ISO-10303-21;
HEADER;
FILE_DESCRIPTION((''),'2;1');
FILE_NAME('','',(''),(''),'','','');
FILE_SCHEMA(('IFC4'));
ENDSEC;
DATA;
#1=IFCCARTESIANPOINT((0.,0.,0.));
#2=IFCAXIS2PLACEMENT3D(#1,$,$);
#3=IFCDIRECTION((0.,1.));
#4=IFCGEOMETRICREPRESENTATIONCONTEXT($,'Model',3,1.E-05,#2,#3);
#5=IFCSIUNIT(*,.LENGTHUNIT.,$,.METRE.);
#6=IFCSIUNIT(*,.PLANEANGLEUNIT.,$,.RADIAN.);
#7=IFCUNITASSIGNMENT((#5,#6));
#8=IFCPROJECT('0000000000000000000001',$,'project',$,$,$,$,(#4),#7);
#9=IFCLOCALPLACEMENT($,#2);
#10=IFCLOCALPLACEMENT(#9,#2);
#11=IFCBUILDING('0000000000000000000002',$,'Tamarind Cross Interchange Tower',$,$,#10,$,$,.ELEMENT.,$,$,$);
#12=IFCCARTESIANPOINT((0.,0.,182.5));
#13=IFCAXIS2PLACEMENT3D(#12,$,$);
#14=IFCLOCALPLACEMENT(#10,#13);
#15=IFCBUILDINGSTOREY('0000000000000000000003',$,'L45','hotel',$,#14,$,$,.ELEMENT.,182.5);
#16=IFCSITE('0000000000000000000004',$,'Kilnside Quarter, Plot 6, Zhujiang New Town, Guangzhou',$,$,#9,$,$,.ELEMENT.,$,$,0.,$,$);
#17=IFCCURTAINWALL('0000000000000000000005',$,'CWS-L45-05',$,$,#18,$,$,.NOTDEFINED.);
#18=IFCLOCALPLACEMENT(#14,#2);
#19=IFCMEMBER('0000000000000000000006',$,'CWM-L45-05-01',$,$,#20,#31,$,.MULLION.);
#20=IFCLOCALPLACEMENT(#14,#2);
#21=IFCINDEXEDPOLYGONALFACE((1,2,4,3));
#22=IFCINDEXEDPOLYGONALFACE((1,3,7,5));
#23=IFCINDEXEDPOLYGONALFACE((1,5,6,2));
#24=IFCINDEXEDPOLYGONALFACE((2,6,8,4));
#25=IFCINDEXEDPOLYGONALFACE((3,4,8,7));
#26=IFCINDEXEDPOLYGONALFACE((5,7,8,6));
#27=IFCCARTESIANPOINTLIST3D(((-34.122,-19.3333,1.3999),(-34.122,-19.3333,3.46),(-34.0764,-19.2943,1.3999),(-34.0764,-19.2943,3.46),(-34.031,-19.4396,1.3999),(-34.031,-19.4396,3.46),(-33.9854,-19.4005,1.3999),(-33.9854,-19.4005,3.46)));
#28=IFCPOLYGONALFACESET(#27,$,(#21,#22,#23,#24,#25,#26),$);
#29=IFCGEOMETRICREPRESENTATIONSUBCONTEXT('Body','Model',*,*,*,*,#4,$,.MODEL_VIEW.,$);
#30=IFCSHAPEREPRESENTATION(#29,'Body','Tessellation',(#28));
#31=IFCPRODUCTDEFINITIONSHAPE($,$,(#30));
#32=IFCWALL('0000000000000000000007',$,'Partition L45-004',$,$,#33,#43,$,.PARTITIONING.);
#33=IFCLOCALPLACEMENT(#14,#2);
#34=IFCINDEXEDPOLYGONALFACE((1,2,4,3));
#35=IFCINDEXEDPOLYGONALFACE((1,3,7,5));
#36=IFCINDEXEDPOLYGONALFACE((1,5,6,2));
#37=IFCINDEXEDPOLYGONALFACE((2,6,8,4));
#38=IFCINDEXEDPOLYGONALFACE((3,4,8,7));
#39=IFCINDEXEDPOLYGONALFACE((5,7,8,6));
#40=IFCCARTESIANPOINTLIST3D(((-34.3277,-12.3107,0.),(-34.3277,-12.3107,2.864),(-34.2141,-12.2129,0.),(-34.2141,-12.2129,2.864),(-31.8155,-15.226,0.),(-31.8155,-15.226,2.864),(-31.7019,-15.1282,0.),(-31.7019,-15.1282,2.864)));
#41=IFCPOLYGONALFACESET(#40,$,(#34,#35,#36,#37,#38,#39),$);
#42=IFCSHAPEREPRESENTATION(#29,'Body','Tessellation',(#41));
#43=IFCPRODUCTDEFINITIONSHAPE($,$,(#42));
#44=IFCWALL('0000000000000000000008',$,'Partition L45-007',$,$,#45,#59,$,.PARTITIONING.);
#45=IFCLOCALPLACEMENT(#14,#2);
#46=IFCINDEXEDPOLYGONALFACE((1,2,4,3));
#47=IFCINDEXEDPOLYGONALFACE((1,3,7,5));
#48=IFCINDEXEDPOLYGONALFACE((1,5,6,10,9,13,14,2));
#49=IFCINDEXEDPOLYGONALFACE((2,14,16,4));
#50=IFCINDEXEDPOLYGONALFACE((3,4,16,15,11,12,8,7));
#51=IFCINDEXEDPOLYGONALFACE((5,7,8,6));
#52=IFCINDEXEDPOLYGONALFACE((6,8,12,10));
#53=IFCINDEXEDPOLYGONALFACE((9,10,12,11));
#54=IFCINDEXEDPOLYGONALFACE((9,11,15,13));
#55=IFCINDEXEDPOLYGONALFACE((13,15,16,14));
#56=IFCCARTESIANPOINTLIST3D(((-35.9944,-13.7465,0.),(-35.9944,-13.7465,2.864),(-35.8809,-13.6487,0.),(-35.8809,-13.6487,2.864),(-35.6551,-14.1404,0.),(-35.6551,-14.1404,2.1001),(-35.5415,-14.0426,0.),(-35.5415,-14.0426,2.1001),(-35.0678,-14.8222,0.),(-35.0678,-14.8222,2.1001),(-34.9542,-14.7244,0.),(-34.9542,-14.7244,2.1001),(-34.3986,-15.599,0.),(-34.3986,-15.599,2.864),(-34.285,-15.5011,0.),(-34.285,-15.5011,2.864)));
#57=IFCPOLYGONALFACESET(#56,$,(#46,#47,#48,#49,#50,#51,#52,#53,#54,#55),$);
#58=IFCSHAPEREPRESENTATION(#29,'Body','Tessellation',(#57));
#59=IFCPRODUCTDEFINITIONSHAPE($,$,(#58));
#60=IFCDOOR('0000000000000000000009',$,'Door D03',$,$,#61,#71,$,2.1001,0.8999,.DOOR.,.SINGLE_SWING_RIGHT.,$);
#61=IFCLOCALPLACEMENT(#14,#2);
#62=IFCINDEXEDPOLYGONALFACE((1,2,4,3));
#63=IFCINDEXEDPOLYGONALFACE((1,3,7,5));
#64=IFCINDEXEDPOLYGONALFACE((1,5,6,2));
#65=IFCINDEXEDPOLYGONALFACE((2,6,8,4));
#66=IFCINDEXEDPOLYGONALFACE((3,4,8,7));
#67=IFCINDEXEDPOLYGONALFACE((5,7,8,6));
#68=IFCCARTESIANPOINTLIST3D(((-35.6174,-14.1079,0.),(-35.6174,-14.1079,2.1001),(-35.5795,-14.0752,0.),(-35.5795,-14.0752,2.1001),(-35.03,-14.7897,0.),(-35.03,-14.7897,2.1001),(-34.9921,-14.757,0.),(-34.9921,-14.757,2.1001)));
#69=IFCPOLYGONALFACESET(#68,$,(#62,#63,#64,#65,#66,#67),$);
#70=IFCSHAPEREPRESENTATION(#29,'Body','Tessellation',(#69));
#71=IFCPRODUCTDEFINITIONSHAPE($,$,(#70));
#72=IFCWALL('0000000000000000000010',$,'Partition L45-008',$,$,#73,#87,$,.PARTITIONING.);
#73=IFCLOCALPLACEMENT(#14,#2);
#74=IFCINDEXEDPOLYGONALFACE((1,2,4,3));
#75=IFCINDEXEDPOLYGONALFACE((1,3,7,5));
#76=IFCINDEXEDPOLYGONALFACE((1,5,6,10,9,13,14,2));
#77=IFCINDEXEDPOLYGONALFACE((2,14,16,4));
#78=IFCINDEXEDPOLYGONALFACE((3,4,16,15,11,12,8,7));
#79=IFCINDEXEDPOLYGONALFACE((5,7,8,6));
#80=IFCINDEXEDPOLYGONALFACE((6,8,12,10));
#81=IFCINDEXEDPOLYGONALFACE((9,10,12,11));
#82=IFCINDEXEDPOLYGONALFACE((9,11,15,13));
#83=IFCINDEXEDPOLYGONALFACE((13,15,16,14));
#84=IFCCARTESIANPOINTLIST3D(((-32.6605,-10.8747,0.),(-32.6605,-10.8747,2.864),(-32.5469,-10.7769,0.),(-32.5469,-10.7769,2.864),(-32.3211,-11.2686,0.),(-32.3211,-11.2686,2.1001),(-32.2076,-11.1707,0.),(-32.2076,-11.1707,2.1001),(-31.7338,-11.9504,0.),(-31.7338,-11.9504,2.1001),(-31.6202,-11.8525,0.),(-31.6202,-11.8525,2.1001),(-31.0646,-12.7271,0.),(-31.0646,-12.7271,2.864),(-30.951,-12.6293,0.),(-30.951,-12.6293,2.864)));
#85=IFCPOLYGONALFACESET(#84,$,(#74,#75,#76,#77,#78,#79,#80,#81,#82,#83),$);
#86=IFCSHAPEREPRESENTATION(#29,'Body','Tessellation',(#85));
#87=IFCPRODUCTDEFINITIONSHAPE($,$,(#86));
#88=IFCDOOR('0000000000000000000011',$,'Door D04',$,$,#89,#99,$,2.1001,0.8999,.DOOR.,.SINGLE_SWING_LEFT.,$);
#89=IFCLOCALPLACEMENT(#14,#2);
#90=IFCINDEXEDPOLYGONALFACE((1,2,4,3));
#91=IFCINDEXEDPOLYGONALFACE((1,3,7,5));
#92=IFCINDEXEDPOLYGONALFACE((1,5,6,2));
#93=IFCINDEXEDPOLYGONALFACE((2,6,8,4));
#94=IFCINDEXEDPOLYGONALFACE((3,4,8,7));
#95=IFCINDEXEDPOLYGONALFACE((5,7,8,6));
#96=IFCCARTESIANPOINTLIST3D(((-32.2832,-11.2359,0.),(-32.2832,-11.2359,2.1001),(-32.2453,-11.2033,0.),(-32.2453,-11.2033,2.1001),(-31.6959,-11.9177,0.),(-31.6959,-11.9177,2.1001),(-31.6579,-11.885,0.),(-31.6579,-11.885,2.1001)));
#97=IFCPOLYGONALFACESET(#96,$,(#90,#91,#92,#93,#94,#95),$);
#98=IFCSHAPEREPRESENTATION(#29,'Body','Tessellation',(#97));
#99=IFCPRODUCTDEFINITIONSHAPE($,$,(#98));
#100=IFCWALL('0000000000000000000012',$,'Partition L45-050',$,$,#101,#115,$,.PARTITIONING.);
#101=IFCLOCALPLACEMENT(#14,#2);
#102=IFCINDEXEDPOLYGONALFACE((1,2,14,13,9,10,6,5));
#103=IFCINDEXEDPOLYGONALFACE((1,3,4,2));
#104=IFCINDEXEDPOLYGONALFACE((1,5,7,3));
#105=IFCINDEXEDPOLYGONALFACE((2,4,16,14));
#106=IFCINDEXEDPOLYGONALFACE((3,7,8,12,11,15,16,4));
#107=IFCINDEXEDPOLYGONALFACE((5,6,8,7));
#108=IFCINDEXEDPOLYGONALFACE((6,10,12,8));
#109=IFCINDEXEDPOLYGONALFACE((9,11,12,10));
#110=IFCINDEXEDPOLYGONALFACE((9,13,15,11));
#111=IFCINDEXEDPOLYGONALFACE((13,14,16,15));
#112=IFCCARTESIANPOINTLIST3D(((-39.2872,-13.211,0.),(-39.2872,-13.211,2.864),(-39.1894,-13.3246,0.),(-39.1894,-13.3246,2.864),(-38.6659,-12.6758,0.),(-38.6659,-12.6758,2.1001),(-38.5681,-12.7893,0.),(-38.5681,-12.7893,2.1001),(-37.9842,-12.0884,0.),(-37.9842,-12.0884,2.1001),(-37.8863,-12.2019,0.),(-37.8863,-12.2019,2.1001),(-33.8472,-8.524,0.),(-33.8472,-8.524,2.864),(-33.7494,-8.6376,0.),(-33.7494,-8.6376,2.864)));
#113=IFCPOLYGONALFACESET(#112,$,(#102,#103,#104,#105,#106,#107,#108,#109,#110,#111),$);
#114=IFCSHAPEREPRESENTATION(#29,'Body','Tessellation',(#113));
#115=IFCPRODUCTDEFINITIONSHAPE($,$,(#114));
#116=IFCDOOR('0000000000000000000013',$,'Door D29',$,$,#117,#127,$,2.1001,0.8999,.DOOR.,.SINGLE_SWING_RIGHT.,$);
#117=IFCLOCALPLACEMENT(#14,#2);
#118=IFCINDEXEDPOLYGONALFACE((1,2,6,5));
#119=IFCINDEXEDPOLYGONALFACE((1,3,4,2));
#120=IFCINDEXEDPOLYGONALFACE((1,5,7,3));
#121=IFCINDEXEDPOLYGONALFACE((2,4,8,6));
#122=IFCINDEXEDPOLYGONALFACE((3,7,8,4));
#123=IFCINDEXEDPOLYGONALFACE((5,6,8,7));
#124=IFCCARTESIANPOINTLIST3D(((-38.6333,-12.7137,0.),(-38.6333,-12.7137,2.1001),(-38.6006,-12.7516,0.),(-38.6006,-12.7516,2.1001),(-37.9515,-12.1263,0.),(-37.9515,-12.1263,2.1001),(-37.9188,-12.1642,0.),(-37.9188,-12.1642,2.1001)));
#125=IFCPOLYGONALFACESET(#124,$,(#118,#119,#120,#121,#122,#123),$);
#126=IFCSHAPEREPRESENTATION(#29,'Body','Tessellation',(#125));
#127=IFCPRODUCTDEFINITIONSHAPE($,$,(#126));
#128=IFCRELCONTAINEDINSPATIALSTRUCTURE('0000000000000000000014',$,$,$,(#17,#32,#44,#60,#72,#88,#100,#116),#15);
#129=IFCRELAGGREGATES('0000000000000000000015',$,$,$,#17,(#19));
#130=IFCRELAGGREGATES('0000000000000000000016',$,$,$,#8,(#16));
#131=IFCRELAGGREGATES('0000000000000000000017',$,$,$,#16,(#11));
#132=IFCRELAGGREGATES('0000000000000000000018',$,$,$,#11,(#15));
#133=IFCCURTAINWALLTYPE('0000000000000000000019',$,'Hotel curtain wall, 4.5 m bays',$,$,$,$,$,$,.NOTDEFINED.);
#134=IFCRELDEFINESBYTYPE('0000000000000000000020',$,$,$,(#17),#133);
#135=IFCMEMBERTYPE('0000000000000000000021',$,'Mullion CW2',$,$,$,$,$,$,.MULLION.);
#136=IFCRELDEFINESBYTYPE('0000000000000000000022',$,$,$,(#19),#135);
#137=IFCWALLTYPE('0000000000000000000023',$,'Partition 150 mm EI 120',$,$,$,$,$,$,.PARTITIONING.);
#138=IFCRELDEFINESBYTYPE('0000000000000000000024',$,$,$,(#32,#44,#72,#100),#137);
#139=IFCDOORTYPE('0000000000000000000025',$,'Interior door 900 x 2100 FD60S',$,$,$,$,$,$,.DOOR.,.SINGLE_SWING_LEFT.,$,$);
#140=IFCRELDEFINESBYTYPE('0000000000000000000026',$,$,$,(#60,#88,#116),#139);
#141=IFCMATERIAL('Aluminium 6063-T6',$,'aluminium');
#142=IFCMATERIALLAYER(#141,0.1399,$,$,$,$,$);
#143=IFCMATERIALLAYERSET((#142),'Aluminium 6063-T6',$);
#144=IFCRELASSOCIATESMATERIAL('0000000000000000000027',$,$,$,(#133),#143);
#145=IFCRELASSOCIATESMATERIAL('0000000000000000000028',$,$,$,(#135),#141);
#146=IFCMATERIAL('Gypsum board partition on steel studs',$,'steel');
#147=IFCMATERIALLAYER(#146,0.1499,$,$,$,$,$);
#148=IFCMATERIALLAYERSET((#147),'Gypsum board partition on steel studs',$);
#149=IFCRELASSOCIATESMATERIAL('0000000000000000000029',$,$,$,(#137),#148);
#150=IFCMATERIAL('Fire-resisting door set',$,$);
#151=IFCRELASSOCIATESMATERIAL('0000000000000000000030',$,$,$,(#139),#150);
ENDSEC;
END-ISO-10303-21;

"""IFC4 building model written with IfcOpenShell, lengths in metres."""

from ifc_helpers import new_model, si_unit, direction, frame, frame_2d, origin, origin_2d, place, context, subcontext, project, spatial, rectangle, extrude, material, layer, layer_set, material_profile, profile_set, type_object, element, fill, aggregate, save


model = new_model("IFC4")

# Units and contexts
model_context = context("Model", 3, precision=1e-05, world=origin(), true_north=direction((0.0, 1.0)))
body_context = subcontext(model_context, "Body", "Model", "MODEL_VIEW")
ifc_project = project(units=[si_unit("LENGTHUNIT", "METRE"), si_unit("PLANEANGLEUNIT", "RADIAN")], contexts=[model_context])

# Site, building, storey
site_placement = place(None, origin())
site = spatial("IfcSite", under=ifc_project, at=site_placement, Name="Kilnside Quarter, Plot 6, Zhujiang New Town, Guangzhou", CompositionType="ELEMENT", RefElevation=0.0)
building_placement = place(site_placement, origin())
building = spatial("IfcBuilding", under=site, at=building_placement, Name="Tamarind Cross Interchange Tower", CompositionType="ELEMENT")
storey_placement = place(building_placement, frame((0.0, 0.0, 182.5)))
storey = spatial("IfcBuildingStorey", under=building, at=storey_placement, Name="L45", Description="hotel", CompositionType="ELEMENT", Elevation=182.5)

# Curtain wall, member
ifc_material_1 = material(Name="Aluminium 6063-T6", Category="aluminium")
ifc_layer_1 = layer(ifc_material_1, 0.1399)
ifc_layer_set_1 = layer_set([ifc_layer_1], Name="Aluminium 6063-T6")
curtain_wall_type = type_object("IfcCurtainWallType", Name="Hotel curtain wall, 4.5 m bays", PredefinedType="NOTDEFINED", material=ifc_layer_set_1)
ifc_material_profile_1 = material_profile(ifc_material_1, rectangle(XDim=0.0601, YDim=0.1399, at=origin_2d()), Name="Mullion CW2")
ifc_profile_set_1 = profile_set([ifc_material_profile_1], Name="Aluminium 6063-T6")
member_type = type_object("IfcMemberType", Name="Mullion CW2", PredefinedType="MULLION", material=ifc_profile_set_1)
curtain_wall_1_placement = place(storey_placement, origin())
curtain_wall_1 = element("IfcCurtainWall", 1, at=curtain_wall_1_placement, inside=storey, type_object=curtain_wall_type, Name="CWS-L45-05", PredefinedType="NOTDEFINED")
member_1_placement = place(storey_placement, frame((-34.0537, -19.3669, 1.3999), z_axis=(0.0, 0.0, 1.0), x_axis=(0.759628, 0.650358, 0.0)))
member_1 = element("IfcMember", 2, at=member_1_placement, type_object=member_type, Name="CWM-L45-05-01", PredefinedType="MULLION", context=body_context, shape_type="SweptSolid", body=[
    extrude(rectangle(XDim=0.0601, YDim=0.1399, at=origin_2d()), origin(), (0.0, 0.0, 1.0), 2.0601),
])
aggregate(curtain_wall_1, [member_1])

# Wall
ifc_material_2 = material(Name="Gypsum board partition on steel studs", Category="steel")
ifc_layer_2 = layer(ifc_material_2, 0.1499)
ifc_layer_set_2 = layer_set([ifc_layer_2], Name="Gypsum board partition on steel studs")
wall_type = type_object("IfcWallType", Name="Partition 150 mm EI 120", PredefinedType="PARTITIONING", material=ifc_layer_set_2)
wall_1_placement = place(storey_placement, frame((-34.271, -12.2617, 0.0), z_axis=(0.0, 0.0, 1.0), x_axis=(0.652795, -0.757534, 0.0)))
element("IfcWall", 3, at=wall_1_placement, inside=storey, type_object=wall_type, Name="Partition L45-004", PredefinedType="PARTITIONING", context=body_context, shape_type="SweptSolid", body=[
    extrude(rectangle(XDim=3.8484, YDim=0.1499, at=frame_2d((1.9243, 0.0))), origin(), (0.0, 0.0, 1.0), 2.864),
])

# Walls, openings, doors
wall_2_placement = place(storey_placement, frame((-35.9377, -13.6975, 0.0), z_axis=(0.0, 0.0, 1.0), x_axis=(0.652689, -0.757626, 0.0)))
wall_2 = element("IfcWall", 4, at=wall_2_placement, inside=storey, type_object=wall_type, Name="Partition L45-007", PredefinedType="PARTITIONING", context=body_context, shape_type="SweptSolid", body=[
    extrude(rectangle(XDim=2.4451, YDim=0.1499, at=frame_2d((1.2227, 0.0))), origin(), (0.0, 0.0, 1.0), 2.864),
])
opening_1_placement = place(wall_2_placement, frame((0.52, 0.0, 0.0)))
opening_1 = element("IfcOpeningElement", 5, at=opening_1_placement, cuts=wall_2, PredefinedType="OPENING", context=body_context, shape_type="SweptSolid", body=[
    extrude(rectangle(XDim=0.8999, YDim=2.1001, at=frame_2d((0.45, 1.05))), frame((0.0, 0.085, 0.0), z_axis=(0.0, -1.0, 0.0), x_axis=(1.0, 0.0, 0.0)), (0.0, 0.0, 1.0), 0.1699),
])
ifc_material_3 = material(Name="Fire-resisting door set")
door_type = type_object("IfcDoorType", Name="Interior door 900 x 2100 FD60S", OperationType="SINGLE_SWING_LEFT", PredefinedType="DOOR", material=ifc_material_3)
door_1_placement = place(opening_1_placement, origin())
door_1 = element("IfcDoor", 6, at=door_1_placement, inside=storey, type_object=door_type, Name="Door D03", OperationType="SINGLE_SWING_RIGHT", OverallHeight=2.1001, OverallWidth=0.8999, PredefinedType="DOOR", context=body_context, shape_type="SweptSolid", body=[
    extrude(rectangle(XDim=0.8999, YDim=2.1001, at=frame_2d((0.45, 1.05))), frame((0.0, 0.0249, 0.0), z_axis=(0.0, -1.0, 0.0), x_axis=(1.0, 0.0, 0.0)), (0.0, 0.0, 1.0), 0.05),
])
fill(opening_1, door_1)
wall_3_placement = place(storey_placement, frame((-32.6038, -10.8257, 0.0), z_axis=(0.0, 0.0, 1.0), x_axis=(0.652689, -0.757626, 0.0)))
wall_3 = element("IfcWall", 7, at=wall_3_placement, inside=storey, type_object=wall_type, Name="Partition L45-008", PredefinedType="PARTITIONING", context=body_context, shape_type="SweptSolid", body=[
    extrude(rectangle(XDim=2.4451, YDim=0.1499, at=frame_2d((1.2227, 0.0))), origin(), (0.0, 0.0, 1.0), 2.864),
])
opening_2_placement = place(wall_3_placement, frame((0.52, 0.0, 0.0)))
opening_2 = element("IfcOpeningElement", 8, at=opening_2_placement, cuts=wall_3, PredefinedType="OPENING", context=body_context, shape_type="SweptSolid", body=[
    extrude(rectangle(XDim=0.8999, YDim=2.1001, at=frame_2d((0.45, 1.05))), frame((0.0, 0.085, 0.0), z_axis=(0.0, -1.0, 0.0), x_axis=(1.0, 0.0, 0.0)), (0.0, 0.0, 1.0), 0.1699),
])
door_2_placement = place(opening_2_placement, frame((0.8999, 0.0, 0.0), z_axis=(0.0, 0.0, 1.0), x_axis=(-1.0, 0.0, 0.0)))
door_2 = element("IfcDoor", 9, at=door_2_placement, inside=storey, type_object=door_type, Name="Door D04", OperationType="SINGLE_SWING_LEFT", OverallHeight=2.1001, OverallWidth=0.8999, PredefinedType="DOOR", context=body_context, shape_type="SweptSolid", body=[
    extrude(rectangle(XDim=0.8999, YDim=2.1001, at=frame_2d((0.45, 1.05))), frame((0.0, 0.0249, 0.0), z_axis=(0.0, -1.0, 0.0), x_axis=(1.0, 0.0, 0.0)), (0.0, 0.0, 1.0), 0.05),
])
fill(opening_2, door_2)
wall_4_placement = place(storey_placement, frame((-39.2383, -13.2678, 0.0), z_axis=(0.0, 0.0, 1.0), x_axis=(0.757589, 0.652732, 0.0)))
wall_4 = element("IfcWall", 10, at=wall_4_placement, inside=storey, type_object=wall_type, Name="Partition L45-050", PredefinedType="PARTITIONING", context=body_context, shape_type="SweptSolid", body=[
    extrude(rectangle(XDim=7.1807, YDim=0.1499, at=frame_2d((3.5903, 0.0))), origin(), (0.0, 0.0, 1.0), 2.864),
])
opening_3_placement = place(wall_4_placement, frame((0.8201, 0.0, 0.0)))
opening_3 = element("IfcOpeningElement", 11, at=opening_3_placement, cuts=wall_4, PredefinedType="OPENING", context=body_context, shape_type="SweptSolid", body=[
    extrude(rectangle(XDim=0.8999, YDim=2.1001, at=frame_2d((0.45, 1.05))), frame((0.0, 0.085, 0.0), z_axis=(0.0, -1.0, 0.0), x_axis=(1.0, 0.0, 0.0)), (0.0, 0.0, 1.0), 0.1699),
])
door_3_placement = place(opening_3_placement, origin())
door_3 = element("IfcDoor", 12, at=door_3_placement, inside=storey, type_object=door_type, Name="Door D29", OperationType="SINGLE_SWING_RIGHT", OverallHeight=2.1001, OverallWidth=0.8999, PredefinedType="DOOR", context=body_context, shape_type="SweptSolid", body=[
    extrude(rectangle(XDim=0.8999, YDim=2.1001, at=frame_2d((0.45, 1.05))), frame((0.0, 0.0249, 0.0), z_axis=(0.0, -1.0, 0.0), x_axis=(1.0, 0.0, 0.0)), (0.0, 0.0, 1.0), 0.05),
])
fill(opening_3, door_3)

save(model, "model.ifc")
